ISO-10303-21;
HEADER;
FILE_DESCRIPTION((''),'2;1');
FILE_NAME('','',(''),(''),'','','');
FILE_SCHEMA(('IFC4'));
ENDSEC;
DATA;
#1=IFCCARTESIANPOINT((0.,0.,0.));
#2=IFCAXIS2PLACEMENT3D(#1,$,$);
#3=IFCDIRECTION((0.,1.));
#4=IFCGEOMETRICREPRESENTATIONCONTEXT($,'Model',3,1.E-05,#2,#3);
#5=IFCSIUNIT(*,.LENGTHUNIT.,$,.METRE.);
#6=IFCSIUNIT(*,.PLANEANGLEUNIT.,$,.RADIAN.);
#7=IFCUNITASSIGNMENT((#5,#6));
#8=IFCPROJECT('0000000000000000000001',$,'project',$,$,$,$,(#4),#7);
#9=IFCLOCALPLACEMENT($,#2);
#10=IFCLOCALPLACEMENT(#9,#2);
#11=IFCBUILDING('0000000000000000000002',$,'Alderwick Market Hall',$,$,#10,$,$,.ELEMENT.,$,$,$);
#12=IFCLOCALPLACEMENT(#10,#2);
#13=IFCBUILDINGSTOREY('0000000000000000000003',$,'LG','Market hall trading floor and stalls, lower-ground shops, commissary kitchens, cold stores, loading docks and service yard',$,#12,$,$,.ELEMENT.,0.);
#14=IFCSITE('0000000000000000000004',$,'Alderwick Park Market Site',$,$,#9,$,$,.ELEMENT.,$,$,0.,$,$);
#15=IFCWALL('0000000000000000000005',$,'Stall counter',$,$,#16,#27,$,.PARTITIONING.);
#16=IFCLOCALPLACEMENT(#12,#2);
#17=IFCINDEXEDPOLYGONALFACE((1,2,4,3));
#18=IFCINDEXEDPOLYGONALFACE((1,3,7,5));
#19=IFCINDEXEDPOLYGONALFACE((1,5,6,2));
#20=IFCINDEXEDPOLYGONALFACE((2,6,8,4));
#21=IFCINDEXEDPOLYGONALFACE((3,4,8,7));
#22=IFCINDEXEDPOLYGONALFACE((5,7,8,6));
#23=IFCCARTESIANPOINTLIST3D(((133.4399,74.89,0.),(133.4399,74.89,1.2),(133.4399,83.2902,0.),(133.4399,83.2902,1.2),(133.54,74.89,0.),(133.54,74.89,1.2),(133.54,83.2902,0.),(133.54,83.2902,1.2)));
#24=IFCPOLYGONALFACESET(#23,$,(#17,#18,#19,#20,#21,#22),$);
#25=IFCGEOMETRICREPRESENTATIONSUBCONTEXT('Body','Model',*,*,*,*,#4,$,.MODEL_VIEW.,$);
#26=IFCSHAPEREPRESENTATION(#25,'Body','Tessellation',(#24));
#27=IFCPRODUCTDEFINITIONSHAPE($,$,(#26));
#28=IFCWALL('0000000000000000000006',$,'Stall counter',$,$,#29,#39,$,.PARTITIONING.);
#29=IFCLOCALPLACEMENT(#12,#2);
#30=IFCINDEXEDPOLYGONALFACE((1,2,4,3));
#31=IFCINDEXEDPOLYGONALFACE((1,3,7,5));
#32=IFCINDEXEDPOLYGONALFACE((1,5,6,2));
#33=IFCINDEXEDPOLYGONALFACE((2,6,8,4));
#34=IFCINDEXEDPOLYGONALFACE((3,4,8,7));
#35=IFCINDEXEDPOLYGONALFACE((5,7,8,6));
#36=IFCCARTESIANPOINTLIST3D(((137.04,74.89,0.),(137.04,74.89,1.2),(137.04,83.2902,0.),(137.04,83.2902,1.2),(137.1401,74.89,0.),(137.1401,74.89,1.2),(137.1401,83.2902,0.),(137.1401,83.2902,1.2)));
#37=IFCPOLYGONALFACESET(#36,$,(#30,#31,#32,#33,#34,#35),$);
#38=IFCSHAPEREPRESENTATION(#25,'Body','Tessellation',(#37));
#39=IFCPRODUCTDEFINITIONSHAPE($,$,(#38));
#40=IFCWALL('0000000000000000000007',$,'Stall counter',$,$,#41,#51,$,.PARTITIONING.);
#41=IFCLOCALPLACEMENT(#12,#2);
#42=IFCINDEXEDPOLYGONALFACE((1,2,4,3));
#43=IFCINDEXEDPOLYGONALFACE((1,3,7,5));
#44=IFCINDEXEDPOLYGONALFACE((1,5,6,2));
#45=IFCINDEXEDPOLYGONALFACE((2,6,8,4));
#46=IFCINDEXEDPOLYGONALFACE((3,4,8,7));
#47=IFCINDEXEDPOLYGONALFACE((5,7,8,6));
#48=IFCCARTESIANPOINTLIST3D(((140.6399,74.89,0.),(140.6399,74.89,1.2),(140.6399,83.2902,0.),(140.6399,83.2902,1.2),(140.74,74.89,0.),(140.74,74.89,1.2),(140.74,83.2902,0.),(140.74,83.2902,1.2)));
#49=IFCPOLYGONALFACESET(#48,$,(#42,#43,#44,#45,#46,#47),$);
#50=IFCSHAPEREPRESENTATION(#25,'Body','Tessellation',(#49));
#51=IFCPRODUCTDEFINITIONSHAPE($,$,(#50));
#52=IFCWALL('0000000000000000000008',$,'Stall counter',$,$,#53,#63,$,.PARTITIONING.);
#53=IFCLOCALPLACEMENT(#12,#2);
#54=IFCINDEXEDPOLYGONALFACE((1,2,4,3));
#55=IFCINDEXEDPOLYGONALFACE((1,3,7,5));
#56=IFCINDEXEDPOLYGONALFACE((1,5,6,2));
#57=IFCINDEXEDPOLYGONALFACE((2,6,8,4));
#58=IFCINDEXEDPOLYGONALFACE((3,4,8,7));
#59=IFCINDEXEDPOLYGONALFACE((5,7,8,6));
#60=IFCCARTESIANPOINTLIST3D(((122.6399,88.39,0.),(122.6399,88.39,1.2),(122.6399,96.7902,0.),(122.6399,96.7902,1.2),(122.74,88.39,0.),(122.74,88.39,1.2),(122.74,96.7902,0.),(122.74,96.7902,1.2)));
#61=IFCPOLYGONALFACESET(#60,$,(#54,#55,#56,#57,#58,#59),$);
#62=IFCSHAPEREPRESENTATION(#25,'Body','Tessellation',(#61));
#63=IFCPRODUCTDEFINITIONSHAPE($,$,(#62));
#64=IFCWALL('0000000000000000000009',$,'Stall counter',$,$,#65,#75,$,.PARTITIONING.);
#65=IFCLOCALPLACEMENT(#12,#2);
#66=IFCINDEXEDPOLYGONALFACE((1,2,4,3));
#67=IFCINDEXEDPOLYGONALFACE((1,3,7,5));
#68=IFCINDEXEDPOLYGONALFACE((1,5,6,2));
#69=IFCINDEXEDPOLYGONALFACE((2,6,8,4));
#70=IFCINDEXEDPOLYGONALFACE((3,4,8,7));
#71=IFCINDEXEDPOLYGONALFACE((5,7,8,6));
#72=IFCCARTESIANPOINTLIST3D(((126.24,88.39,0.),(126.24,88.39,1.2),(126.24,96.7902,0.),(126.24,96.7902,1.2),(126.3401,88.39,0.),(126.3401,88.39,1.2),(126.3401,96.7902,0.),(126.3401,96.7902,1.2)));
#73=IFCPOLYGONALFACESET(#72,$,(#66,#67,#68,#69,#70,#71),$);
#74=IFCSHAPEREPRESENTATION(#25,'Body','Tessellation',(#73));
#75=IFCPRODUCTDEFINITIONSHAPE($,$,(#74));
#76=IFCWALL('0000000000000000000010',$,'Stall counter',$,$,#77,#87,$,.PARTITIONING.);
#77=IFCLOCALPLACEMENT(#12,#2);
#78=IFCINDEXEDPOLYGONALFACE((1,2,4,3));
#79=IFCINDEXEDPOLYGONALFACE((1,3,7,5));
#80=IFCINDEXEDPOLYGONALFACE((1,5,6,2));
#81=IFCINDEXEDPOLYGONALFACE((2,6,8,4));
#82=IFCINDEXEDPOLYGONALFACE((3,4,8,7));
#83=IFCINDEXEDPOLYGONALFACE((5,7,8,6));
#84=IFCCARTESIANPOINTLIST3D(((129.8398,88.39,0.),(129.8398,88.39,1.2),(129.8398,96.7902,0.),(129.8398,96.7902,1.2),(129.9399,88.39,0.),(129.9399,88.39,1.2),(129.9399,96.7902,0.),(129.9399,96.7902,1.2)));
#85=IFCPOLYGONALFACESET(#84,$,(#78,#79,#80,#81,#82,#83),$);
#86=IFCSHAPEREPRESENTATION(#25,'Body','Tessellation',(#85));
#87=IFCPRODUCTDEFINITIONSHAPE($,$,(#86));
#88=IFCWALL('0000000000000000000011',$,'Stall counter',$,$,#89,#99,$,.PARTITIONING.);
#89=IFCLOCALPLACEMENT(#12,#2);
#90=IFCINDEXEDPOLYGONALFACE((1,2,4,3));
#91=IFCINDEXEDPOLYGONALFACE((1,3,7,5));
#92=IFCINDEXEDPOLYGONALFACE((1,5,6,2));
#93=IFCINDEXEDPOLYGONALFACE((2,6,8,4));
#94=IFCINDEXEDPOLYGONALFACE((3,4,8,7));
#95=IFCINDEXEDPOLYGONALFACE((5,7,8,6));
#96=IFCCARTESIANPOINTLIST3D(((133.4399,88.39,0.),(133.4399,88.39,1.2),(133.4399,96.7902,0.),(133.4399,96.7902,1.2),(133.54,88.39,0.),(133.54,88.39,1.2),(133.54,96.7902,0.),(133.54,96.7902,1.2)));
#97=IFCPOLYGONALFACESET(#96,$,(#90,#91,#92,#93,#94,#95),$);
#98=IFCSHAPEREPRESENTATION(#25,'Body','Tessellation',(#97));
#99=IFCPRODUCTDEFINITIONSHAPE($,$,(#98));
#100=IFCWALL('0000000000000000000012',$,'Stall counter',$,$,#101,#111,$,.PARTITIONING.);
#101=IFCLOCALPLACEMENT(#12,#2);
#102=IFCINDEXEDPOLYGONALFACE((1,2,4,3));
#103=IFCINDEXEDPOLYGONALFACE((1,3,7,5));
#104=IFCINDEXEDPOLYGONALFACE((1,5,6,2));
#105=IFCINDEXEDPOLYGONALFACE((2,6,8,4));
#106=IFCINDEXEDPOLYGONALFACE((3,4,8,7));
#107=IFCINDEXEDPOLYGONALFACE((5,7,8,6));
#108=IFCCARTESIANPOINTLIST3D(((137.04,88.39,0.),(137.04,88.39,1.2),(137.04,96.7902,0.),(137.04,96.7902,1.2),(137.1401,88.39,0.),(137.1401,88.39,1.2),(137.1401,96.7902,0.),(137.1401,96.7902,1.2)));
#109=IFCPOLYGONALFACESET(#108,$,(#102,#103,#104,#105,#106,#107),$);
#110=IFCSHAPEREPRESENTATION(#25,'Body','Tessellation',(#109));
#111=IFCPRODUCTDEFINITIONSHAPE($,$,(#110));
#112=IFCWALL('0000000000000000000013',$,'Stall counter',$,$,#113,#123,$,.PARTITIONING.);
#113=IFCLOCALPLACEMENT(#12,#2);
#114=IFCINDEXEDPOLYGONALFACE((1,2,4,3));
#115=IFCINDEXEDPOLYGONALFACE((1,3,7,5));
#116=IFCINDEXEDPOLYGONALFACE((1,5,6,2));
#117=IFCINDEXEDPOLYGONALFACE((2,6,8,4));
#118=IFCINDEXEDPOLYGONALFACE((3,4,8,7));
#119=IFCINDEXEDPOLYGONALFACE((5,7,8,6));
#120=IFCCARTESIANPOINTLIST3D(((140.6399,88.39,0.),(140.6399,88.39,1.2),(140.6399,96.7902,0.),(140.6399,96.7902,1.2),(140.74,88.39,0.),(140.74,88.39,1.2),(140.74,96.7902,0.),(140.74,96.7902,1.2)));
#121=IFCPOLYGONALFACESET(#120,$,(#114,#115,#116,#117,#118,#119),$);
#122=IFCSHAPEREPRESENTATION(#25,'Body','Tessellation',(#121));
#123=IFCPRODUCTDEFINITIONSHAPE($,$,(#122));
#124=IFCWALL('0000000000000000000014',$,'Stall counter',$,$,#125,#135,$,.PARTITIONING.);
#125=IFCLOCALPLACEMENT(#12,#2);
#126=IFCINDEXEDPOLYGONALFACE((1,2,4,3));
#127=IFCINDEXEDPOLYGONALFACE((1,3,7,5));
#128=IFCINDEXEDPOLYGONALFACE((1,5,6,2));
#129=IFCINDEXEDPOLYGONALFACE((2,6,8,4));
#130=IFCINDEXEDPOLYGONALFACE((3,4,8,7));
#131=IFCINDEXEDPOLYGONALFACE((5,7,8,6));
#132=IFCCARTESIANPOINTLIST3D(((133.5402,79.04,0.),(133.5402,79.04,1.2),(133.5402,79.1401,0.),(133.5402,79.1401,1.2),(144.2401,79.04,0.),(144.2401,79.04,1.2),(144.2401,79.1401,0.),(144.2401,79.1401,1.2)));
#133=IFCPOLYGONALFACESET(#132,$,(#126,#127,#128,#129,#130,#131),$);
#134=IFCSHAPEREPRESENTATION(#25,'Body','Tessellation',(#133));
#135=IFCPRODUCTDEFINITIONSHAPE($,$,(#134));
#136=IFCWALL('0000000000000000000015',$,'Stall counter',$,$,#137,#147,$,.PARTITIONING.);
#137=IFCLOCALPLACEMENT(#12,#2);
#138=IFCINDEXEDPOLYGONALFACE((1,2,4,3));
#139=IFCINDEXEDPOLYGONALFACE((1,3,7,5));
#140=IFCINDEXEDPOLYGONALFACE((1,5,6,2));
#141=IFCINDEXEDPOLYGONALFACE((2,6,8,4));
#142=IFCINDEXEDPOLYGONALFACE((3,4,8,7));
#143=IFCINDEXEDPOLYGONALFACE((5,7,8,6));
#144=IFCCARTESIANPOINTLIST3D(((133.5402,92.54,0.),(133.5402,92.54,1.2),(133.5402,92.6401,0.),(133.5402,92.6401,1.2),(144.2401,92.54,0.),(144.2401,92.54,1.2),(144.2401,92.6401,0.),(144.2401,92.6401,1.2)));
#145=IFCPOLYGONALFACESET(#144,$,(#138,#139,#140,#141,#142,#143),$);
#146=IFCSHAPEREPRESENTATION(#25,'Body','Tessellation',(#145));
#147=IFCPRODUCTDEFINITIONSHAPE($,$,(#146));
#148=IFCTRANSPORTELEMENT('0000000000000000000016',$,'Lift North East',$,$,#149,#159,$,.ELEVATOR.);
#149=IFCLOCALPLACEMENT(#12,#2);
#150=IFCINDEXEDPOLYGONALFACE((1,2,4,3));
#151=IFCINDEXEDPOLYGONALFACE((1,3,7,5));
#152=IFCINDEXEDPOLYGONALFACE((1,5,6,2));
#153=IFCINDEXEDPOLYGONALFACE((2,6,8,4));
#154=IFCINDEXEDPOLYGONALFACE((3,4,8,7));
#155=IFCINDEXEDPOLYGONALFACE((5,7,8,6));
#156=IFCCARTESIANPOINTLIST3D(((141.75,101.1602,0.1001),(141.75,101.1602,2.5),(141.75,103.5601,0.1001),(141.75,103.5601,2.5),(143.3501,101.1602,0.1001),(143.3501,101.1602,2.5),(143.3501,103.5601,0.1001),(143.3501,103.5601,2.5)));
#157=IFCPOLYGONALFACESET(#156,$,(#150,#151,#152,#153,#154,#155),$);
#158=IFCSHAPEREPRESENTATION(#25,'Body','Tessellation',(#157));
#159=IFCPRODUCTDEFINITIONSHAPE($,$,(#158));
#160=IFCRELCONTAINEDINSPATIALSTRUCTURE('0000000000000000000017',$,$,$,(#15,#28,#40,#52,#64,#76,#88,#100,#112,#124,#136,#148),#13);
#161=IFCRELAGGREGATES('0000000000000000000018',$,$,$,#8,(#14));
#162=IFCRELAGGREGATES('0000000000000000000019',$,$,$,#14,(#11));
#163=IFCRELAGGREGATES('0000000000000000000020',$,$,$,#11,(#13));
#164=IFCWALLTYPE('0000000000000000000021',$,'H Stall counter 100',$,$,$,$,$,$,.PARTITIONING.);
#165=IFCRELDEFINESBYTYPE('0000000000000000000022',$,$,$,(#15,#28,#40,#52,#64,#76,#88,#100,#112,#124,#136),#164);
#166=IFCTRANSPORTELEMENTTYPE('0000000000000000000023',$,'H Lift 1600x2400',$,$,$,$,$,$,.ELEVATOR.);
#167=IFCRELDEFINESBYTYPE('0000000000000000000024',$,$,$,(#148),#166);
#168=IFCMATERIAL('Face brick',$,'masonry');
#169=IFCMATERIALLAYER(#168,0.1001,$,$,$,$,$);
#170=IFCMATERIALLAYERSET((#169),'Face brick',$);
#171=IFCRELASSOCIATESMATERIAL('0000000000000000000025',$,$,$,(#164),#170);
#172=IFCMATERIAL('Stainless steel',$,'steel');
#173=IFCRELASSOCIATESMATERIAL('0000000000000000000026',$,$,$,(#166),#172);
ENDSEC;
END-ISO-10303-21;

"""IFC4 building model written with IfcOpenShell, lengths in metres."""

from ifc_helpers import new_model, si_unit, direction, frame, frame_2d, origin, origin_2d, place, context, subcontext, project, spatial, rectangle, extrude, material, layer, layer_set, type_object, element, save


model = new_model("IFC4")

# Units and contexts
model_context = context("Model", 3, precision=1e-05, world=origin(), true_north=direction((0.0, 1.0)))
body_context = subcontext(model_context, "Body", "Model", "MODEL_VIEW")
ifc_project = project(units=[si_unit("LENGTHUNIT", "METRE"), si_unit("PLANEANGLEUNIT", "RADIAN")], contexts=[model_context])

# Site, building, storey
site_placement = place(None, origin())
site = spatial("IfcSite", under=ifc_project, at=site_placement, Name="Alderwick Park Market Site", CompositionType="ELEMENT", RefElevation=0.0)
building_placement = place(site_placement, origin())
building = spatial("IfcBuilding", under=site, at=building_placement, Name="Alderwick Market Hall", CompositionType="ELEMENT")
storey_placement = place(building_placement, origin())
storey = spatial("IfcBuildingStorey", under=building, at=storey_placement, Name="LG", Description="Market hall trading floor and stalls, lower-ground shops, commissary kitchens, cold stores, loading docks and service yard", CompositionType="ELEMENT", Elevation=0.0)

# Shared definitions
ifc_material_1 = material(Name="Stainless steel", Category="steel")

# Walls
ifc_material_2 = material(Name="Face brick", Category="masonry")
ifc_layer_1 = layer(ifc_material_2, 0.1001)
ifc_layer_set_1 = layer_set([ifc_layer_1], Name="Face brick")
wall_type_1 = type_object("IfcWallType", Name="H Stall counter 100", PredefinedType="PARTITIONING", material=ifc_layer_set_1)
for number, where, z_axis, x_axis, name in (
    (1, (133.49, 74.8899, 0.0), (0.0, 0.0, 1.0), (0.0, 1.0, 0.0), "Stall counter"),
    (2, (137.0901, 74.8899, 0.0), (0.0, 0.0, 1.0), (0.0, 1.0, 0.0), "Stall counter"),
    (3, (140.6899, 74.8899, 0.0), (0.0, 0.0, 1.0), (0.0, 1.0, 0.0), "Stall counter"),
    (4, (122.6899, 88.3899, 0.0), (0.0, 0.0, 1.0), (0.0, 1.0, 0.0), "Stall counter"),
    (5, (126.29, 88.3899, 0.0), (0.0, 0.0, 1.0), (0.0, 1.0, 0.0), "Stall counter"),
    (6, (129.8899, 88.3899, 0.0), (0.0, 0.0, 1.0), (0.0, 1.0, 0.0), "Stall counter"),
    (7, (133.49, 88.3899, 0.0), (0.0, 0.0, 1.0), (0.0, 1.0, 0.0), "Stall counter"),
    (8, (137.0901, 88.3899, 0.0), (0.0, 0.0, 1.0), (0.0, 1.0, 0.0), "Stall counter"),
    (9, (140.6899, 88.3899, 0.0), (0.0, 0.0, 1.0), (0.0, 1.0, 0.0), "Stall counter"),
):
    element("IfcWall", number, at=place(storey_placement, frame(where, z_axis=z_axis, x_axis=x_axis)), inside=storey, type_object=wall_type_1, Name=name, PredefinedType="PARTITIONING", context=body_context, shape_type="SweptSolid", body=[
        extrude(rectangle(XDim=8.4001, YDim=0.1001, at=frame_2d((4.2002, 0.0))), origin(), (0.0, 0.0, 1.0), 1.2),
    ])
for number, where, z_axis, x_axis, name in (
    (10, (133.54, 79.0901, 0.0), (0.0, 0.0, 1.0), (1.0, 0.0, 0.0), "Stall counter"),
    (11, (133.54, 92.5901, 0.0), (0.0, 0.0, 1.0), (1.0, 0.0, 0.0), "Stall counter"),
):
    element("IfcWall", number, at=place(storey_placement, frame(where, z_axis=z_axis, x_axis=x_axis)), inside=storey, type_object=wall_type_1, Name=name, PredefinedType="PARTITIONING", context=body_context, shape_type="SweptSolid", body=[
        extrude(rectangle(XDim=10.7, YDim=0.1001, at=frame_2d((5.3501, 0.0))), origin(), (0.0, 0.0, 1.0), 1.2),
    ])

# Transport element
transport_element_type = type_object("IfcTransportElementType", Name="H Lift 1600x2400", PredefinedType="ELEVATOR", material=ifc_material_1)
transport_element_placement = place(storey_placement, frame((142.55, 102.3601, 0.1001), z_axis=(0.0, 0.0, 1.0), x_axis=(1.0, 0.0, 0.0)))
element("IfcTransportElement", 12, at=transport_element_placement, inside=storey, type_object=transport_element_type, Name="Lift North East", PredefinedType="ELEVATOR", context=body_context, shape_type="SweptSolid", body=[
    extrude(rectangle(XDim=1.6001, YDim=2.3999, at=origin_2d()), origin(), (0.0, 0.0, 1.0), 2.3999),
])

save(model, "model.ifc")
